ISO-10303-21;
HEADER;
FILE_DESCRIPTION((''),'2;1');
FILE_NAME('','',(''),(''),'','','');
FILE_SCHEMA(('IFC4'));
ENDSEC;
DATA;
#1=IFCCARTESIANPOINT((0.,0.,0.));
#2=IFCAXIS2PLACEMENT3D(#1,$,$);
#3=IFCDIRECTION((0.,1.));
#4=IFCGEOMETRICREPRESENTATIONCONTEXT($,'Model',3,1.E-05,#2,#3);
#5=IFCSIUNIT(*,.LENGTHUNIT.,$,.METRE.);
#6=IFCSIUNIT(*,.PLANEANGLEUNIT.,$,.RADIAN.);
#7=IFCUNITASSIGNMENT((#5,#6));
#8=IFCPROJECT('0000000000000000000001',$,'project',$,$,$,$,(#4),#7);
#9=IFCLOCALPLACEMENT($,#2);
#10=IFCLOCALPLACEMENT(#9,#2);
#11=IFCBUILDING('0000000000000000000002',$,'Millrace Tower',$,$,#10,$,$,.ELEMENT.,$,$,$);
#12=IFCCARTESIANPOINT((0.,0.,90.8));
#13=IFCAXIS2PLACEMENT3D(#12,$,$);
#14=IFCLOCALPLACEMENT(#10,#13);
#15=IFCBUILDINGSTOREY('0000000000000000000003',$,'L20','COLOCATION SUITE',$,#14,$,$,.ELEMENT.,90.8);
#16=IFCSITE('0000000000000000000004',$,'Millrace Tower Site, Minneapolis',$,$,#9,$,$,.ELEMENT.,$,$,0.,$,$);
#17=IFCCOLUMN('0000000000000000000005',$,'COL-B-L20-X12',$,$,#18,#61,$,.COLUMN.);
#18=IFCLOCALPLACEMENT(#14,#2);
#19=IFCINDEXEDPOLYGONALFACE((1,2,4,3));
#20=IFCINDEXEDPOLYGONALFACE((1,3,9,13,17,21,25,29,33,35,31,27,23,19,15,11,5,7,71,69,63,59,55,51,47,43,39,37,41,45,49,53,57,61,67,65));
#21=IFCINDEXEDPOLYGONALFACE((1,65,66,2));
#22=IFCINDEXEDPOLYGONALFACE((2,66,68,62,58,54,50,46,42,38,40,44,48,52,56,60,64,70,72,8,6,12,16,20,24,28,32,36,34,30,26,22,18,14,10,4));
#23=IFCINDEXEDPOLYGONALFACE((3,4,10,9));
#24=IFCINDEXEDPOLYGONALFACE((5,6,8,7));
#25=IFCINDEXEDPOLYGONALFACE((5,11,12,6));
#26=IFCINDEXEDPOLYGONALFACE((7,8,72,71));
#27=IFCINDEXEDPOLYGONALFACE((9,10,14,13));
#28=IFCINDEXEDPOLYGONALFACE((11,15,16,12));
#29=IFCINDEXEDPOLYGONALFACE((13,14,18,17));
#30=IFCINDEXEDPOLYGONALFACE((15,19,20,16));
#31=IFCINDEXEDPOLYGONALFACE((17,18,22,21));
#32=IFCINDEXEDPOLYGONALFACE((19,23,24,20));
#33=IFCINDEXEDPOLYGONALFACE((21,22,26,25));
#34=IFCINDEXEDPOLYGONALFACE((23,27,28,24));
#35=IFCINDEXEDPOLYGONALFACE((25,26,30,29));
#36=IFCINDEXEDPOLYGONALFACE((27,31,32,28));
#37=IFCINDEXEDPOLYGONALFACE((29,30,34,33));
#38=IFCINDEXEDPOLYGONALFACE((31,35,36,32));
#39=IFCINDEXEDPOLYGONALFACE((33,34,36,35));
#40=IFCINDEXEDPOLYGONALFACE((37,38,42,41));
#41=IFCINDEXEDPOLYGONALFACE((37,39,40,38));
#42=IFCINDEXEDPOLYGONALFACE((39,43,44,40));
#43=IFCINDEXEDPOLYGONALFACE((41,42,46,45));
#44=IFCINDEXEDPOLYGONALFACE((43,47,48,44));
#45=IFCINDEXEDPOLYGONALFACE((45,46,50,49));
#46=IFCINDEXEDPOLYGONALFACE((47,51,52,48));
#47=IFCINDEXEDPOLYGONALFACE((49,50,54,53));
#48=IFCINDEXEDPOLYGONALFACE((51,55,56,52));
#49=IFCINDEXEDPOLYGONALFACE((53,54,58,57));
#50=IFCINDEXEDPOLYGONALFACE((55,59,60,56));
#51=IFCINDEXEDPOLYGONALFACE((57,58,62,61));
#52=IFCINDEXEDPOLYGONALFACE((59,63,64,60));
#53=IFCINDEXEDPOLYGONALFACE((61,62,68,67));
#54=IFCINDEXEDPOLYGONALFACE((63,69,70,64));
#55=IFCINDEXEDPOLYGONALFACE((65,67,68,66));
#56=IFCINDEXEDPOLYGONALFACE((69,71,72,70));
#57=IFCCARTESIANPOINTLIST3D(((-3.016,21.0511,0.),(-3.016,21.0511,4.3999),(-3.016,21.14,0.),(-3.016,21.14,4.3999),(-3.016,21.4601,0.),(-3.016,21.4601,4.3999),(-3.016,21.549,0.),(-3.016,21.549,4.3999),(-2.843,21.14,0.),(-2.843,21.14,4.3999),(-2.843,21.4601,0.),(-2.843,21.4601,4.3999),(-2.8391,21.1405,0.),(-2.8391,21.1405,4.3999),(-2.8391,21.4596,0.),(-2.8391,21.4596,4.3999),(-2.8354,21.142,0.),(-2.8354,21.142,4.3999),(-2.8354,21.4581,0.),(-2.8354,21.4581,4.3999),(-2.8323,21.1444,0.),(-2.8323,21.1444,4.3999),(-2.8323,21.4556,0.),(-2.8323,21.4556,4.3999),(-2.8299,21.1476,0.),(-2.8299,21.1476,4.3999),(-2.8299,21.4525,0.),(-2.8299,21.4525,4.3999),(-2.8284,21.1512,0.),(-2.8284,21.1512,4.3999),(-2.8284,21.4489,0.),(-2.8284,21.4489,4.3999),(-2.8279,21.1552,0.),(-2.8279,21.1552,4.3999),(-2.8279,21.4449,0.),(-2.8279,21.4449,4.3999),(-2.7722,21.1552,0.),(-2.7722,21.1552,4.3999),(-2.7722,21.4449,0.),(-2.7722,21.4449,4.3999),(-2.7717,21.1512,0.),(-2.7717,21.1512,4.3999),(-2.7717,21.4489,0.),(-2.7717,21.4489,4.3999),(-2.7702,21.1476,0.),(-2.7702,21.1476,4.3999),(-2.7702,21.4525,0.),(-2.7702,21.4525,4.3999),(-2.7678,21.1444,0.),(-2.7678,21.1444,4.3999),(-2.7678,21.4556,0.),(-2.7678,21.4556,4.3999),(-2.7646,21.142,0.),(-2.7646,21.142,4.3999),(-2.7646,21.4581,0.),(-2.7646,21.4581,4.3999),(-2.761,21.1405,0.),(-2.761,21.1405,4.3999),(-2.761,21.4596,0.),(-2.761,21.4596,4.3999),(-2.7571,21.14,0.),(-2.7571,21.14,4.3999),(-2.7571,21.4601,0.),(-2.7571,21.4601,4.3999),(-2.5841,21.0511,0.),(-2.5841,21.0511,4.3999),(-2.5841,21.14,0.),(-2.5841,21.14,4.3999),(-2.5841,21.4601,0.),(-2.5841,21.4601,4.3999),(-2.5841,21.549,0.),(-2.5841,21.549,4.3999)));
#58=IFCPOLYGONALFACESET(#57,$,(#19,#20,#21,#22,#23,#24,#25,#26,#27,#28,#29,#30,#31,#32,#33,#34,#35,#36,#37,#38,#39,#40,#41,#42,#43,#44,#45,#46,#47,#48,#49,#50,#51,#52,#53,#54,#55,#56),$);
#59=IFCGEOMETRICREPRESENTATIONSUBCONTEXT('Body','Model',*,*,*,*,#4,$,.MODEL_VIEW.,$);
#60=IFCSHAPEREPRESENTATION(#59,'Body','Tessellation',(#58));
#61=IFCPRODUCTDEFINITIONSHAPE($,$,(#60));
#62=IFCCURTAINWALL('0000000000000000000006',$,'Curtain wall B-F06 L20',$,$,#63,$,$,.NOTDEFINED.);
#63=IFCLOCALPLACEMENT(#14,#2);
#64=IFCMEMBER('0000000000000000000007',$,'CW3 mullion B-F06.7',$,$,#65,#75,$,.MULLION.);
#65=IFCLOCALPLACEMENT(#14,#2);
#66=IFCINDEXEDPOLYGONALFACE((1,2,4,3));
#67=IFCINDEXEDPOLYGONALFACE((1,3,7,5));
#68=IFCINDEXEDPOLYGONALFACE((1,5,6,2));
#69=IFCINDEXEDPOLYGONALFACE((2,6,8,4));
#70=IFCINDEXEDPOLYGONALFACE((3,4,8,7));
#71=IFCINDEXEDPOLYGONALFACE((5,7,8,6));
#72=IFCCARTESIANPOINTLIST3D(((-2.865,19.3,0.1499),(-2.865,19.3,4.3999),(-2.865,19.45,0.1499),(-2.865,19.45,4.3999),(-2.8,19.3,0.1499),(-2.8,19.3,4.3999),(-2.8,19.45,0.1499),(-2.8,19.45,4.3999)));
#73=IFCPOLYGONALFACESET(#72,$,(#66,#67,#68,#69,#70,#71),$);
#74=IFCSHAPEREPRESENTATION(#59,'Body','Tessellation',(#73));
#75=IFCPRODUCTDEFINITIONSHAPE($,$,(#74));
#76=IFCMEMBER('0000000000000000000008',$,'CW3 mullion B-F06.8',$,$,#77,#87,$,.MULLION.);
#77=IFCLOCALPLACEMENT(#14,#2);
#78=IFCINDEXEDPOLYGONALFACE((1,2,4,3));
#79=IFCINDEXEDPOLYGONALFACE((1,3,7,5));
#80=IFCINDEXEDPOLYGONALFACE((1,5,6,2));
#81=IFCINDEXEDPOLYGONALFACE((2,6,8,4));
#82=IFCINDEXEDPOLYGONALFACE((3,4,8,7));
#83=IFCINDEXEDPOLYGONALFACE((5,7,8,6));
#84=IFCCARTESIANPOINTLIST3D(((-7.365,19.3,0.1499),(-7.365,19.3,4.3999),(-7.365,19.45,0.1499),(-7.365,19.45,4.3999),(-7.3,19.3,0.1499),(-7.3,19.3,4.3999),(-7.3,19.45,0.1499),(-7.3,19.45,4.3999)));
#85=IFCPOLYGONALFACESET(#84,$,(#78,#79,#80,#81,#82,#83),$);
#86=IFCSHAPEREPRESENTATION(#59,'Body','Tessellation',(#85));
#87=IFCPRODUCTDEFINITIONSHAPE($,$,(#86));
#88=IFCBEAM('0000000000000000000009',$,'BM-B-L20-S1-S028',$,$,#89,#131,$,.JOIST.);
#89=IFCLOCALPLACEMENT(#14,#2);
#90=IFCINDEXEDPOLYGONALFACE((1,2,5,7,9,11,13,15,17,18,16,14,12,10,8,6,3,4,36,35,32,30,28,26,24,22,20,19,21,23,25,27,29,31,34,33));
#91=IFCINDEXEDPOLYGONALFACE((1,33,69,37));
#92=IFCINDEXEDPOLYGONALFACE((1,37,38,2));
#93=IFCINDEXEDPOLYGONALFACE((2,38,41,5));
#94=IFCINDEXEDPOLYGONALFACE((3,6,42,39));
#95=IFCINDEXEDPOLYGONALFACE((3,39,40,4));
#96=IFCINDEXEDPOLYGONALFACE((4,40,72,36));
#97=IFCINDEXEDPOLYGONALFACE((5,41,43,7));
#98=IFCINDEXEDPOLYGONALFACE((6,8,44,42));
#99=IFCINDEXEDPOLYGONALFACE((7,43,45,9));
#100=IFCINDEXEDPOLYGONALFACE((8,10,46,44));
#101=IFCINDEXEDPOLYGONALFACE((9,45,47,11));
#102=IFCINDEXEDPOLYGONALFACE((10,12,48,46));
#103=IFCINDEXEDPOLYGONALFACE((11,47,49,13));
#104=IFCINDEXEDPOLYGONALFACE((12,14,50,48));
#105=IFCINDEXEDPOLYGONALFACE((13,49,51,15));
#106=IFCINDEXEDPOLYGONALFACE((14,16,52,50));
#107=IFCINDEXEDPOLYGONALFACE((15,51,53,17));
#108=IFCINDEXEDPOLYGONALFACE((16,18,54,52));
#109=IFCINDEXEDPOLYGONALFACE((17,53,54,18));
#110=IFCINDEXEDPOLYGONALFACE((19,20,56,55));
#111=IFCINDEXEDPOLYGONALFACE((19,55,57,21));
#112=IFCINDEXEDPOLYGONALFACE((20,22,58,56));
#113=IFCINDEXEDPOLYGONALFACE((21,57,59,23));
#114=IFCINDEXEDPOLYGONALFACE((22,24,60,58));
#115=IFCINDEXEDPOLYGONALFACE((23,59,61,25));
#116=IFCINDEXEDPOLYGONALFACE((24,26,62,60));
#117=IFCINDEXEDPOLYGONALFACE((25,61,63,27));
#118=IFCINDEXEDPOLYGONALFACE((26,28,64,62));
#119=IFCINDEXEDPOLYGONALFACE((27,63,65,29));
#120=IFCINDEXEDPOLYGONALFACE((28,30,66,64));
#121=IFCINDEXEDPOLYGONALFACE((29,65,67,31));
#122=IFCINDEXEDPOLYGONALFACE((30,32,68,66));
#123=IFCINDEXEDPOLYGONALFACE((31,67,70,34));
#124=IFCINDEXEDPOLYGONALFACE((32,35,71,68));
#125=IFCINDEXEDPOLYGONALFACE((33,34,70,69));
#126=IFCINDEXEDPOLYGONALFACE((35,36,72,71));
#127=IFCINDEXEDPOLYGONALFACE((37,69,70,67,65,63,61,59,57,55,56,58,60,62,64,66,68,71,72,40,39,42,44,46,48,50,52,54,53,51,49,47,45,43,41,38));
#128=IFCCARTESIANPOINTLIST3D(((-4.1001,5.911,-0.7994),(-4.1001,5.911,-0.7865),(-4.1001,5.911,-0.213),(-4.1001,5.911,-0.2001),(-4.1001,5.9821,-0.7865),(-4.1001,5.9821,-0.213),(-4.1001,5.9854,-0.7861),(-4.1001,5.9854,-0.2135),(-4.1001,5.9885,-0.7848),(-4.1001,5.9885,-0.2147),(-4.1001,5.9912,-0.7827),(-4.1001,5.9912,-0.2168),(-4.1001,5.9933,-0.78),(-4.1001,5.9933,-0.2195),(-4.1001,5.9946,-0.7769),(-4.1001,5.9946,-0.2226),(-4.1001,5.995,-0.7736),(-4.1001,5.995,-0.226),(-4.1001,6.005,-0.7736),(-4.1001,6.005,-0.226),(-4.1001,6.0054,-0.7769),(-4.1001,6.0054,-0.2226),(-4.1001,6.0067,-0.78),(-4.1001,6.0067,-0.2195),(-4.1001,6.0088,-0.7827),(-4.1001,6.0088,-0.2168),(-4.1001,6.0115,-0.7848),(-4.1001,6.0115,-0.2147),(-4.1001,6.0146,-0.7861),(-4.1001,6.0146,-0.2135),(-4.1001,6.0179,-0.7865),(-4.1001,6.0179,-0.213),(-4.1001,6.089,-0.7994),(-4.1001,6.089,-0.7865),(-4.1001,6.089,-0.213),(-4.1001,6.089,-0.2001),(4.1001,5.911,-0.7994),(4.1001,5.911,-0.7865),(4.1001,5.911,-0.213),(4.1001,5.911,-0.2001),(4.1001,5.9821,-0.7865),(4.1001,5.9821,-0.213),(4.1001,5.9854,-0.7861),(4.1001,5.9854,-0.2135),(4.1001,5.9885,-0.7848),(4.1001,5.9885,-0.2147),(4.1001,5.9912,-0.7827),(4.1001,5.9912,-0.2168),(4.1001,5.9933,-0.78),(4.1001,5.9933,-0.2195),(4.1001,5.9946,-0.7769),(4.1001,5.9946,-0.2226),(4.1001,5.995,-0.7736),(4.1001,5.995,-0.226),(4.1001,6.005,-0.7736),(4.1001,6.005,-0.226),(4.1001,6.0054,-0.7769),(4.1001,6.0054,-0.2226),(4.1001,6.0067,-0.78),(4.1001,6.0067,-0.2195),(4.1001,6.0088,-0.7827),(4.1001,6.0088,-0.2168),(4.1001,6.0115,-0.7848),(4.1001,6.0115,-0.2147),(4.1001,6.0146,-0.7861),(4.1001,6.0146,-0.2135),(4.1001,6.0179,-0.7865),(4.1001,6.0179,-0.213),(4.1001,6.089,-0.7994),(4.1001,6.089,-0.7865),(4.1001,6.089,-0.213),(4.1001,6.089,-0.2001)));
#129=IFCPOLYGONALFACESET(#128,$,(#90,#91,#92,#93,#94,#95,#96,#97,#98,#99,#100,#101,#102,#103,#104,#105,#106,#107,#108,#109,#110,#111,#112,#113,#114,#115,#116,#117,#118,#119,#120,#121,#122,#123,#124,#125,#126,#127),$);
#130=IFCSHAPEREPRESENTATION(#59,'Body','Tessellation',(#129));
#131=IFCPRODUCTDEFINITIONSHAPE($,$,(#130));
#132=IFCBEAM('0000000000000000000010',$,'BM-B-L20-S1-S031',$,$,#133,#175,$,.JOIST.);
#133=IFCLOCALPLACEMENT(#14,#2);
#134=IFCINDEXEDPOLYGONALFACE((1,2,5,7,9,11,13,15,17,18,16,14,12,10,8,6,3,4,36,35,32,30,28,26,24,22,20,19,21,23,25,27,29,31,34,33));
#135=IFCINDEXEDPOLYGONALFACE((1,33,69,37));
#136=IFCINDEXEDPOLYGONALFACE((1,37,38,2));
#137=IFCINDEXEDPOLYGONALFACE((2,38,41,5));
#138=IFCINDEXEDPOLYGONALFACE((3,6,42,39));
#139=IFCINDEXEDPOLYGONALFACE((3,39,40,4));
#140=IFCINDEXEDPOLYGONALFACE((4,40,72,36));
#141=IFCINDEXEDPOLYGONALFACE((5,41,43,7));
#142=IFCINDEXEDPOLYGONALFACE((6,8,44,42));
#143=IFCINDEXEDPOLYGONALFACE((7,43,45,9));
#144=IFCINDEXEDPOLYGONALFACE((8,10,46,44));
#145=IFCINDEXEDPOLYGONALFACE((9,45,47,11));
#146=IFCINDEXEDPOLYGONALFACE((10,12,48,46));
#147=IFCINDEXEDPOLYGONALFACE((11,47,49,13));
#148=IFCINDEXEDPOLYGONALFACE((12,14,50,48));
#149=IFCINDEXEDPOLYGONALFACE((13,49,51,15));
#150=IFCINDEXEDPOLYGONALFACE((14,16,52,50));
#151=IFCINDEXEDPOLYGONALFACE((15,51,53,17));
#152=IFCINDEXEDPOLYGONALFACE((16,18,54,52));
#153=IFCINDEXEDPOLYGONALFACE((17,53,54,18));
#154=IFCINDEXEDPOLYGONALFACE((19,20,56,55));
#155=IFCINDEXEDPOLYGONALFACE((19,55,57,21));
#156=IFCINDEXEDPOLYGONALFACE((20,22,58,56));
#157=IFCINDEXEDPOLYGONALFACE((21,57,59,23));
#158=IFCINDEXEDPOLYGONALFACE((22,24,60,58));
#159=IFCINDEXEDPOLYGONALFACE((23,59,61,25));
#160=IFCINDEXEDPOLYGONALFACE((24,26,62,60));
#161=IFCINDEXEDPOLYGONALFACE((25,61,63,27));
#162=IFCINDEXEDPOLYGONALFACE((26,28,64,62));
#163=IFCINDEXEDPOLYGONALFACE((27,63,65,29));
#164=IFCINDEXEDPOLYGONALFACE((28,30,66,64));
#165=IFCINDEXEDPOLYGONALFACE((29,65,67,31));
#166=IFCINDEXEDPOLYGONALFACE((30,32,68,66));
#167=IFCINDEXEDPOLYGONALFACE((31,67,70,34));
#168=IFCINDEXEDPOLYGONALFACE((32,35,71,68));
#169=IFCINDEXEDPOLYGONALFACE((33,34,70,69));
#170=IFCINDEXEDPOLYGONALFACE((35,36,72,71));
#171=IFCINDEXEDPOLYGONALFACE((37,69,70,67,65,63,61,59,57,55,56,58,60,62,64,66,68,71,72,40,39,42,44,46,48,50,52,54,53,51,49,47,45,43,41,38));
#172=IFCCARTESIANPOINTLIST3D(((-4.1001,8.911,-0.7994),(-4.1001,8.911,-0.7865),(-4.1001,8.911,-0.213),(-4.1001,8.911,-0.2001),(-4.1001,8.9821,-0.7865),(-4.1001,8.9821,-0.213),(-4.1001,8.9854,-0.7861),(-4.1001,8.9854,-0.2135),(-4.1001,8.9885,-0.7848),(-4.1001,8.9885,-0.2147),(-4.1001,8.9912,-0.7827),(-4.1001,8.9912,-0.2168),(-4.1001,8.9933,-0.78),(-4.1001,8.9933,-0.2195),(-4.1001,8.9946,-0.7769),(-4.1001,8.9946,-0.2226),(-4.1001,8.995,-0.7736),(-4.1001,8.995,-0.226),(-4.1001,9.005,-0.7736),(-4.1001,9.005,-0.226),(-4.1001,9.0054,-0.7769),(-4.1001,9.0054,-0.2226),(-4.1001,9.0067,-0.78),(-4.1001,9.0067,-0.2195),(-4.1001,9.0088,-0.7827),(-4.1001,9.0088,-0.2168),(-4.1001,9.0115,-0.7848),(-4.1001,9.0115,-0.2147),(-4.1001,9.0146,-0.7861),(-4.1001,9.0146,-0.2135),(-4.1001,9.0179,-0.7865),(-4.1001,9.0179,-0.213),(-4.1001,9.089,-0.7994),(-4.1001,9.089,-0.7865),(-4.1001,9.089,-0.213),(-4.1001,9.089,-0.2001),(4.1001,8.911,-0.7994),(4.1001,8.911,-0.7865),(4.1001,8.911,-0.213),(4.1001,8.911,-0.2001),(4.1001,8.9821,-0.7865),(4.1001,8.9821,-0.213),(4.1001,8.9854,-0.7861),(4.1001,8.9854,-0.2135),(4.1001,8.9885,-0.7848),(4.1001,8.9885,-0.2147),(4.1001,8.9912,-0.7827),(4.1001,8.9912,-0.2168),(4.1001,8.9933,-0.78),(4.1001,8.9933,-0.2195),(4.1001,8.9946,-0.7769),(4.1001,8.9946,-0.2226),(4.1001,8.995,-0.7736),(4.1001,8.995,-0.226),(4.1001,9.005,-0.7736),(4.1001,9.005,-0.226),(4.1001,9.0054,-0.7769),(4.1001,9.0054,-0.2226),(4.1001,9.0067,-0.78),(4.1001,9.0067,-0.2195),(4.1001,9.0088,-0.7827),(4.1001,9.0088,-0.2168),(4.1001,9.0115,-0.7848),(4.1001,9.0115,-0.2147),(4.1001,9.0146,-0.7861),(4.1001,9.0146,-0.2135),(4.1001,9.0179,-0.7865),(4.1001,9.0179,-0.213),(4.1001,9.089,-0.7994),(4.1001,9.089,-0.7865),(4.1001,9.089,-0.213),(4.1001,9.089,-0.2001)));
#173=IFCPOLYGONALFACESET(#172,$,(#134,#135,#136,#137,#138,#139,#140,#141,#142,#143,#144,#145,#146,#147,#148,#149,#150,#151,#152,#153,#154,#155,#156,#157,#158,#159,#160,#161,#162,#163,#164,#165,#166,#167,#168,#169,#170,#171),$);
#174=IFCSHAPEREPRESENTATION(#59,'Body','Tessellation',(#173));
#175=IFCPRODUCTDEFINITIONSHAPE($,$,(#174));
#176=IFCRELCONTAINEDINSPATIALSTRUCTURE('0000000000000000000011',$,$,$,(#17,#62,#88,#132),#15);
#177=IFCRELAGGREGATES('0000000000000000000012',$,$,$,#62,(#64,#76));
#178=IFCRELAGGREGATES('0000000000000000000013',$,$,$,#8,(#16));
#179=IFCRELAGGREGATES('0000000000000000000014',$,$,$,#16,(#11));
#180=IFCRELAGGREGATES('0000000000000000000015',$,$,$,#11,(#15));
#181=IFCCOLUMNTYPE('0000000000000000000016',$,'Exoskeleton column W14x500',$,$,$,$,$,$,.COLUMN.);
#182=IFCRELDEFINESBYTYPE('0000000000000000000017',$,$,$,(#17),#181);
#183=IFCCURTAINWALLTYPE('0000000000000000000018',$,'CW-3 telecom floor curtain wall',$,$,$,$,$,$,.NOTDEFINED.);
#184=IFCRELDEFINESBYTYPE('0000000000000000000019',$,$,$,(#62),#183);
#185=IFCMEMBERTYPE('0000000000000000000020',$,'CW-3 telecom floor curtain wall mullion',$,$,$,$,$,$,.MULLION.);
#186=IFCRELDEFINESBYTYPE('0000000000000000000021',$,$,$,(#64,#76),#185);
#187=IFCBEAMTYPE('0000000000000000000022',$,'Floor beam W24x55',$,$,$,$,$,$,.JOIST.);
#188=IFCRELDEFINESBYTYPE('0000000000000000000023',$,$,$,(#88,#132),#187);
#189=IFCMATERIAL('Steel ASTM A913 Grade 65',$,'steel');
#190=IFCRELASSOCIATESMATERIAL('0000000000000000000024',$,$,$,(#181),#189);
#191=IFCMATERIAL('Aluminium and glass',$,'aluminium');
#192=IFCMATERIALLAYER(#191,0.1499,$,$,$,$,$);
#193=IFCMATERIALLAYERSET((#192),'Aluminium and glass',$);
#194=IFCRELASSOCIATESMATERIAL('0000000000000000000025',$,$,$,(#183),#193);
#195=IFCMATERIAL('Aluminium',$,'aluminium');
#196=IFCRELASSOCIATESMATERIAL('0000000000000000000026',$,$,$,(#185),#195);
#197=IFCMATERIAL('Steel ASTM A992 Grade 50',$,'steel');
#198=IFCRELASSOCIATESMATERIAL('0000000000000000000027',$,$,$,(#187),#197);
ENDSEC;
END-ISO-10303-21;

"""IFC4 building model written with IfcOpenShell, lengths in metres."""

from ifc_helpers import new_model, si_unit, direction, frame, origin, origin_2d, place, context, subcontext, project, spatial, rectangle, i_section, extrude, material, layer, layer_set, material_profile, profile_set, type_object, element, aggregate, save


model = new_model("IFC4")

# Units and contexts
model_context = context("Model", 3, precision=1e-05, world=origin(), true_north=direction((0.0, 1.0)))
body_context = subcontext(model_context, "Body", "Model", "MODEL_VIEW")
ifc_project = project(units=[si_unit("LENGTHUNIT", "METRE"), si_unit("PLANEANGLEUNIT", "RADIAN")], contexts=[model_context])

# Site, building, storey
site_placement = place(None, origin())
site = spatial("IfcSite", under=ifc_project, at=site_placement, Name="Millrace Tower Site, Minneapolis", CompositionType="ELEMENT", RefElevation=0.0)
building_placement = place(site_placement, origin())
building = spatial("IfcBuilding", under=site, at=building_placement, Name="Millrace Tower", CompositionType="ELEMENT")
storey_placement = place(building_placement, frame((0.0, 0.0, 90.8)))
storey = spatial("IfcBuildingStorey", under=building, at=storey_placement, Name="L20", Description="COLOCATION SUITE", CompositionType="ELEMENT", Elevation=90.8)

# Column
ifc_material_1 = material(Name="Steel ASTM A913 Grade 65", Category="steel")
ifc_material_profile_1 = material_profile(ifc_material_1, i_section(OverallWidth=0.4319, OverallDepth=0.4978, WebThickness=0.0557, FlangeThickness=0.0889, FilletRadius=0.0151, at=origin_2d()))
ifc_profile_set_1 = profile_set([ifc_material_profile_1], Name="Steel ASTM A913 Grade 65")
column_type = type_object("IfcColumnType", Name="Exoskeleton column W14x500", PredefinedType="COLUMN", material=ifc_profile_set_1)
column_placement = place(storey_placement, frame((-2.8, 21.3, 0.0), z_axis=(0.0, 0.0, 1.0), x_axis=(-1.0, 0.0, 0.0)))
element("IfcColumn", 1, at=column_placement, inside=storey, type_object=column_type, Name="COL-B-L20-X12", PredefinedType="COLUMN", context=body_context, shape_type="SweptSolid", body=[
    extrude(i_section(OverallWidth=0.4319, OverallDepth=0.4978, WebThickness=0.0557, FlangeThickness=0.0889, FilletRadius=0.0151, at=origin_2d()), origin(), (0.0, 0.0, 1.0), 4.3999),
])

# Curtain wall, members
ifc_material_2 = material(Name="Aluminium and glass", Category="aluminium")
ifc_layer_1 = layer(ifc_material_2, 0.1499)
ifc_layer_set_1 = layer_set([ifc_layer_1], Name="Aluminium and glass")
curtain_wall_type = type_object("IfcCurtainWallType", Name="CW-3 telecom floor curtain wall", PredefinedType="NOTDEFINED", material=ifc_layer_set_1)
placement = place(storey_placement, origin())
curtain_wall = element("IfcCurtainWall", 2, at=placement, inside=storey, type_object=curtain_wall_type, Name="Curtain wall B-F06 L20", PredefinedType="NOTDEFINED")
ifc_material_3 = material(Name="Aluminium", Category="aluminium")
ifc_material_profile_2 = material_profile(ifc_material_3, rectangle(XDim=0.0649, YDim=0.1499, at=origin_2d()))
ifc_profile_set_2 = profile_set([ifc_material_profile_2], Name="Aluminium")
member_type = type_object("IfcMemberType", Name="CW-3 telecom floor curtain wall mullion", PredefinedType="MULLION", material=ifc_profile_set_2)
member_1_placement = place(storey_placement, frame((-2.8325, 19.375, 0.1499), z_axis=(0.0, 0.0, 1.0), x_axis=(-1.0, 0.0, 0.0)))
member_1 = element("IfcMember", 3, at=member_1_placement, type_object=member_type, Name="CW3 mullion B-F06.7", PredefinedType="MULLION", context=body_context, shape_type="SweptSolid", body=[
    extrude(rectangle(XDim=0.0649, YDim=0.1499, at=origin_2d()), origin(), (0.0, 0.0, 1.0), 4.25),
])
member_2_placement = place(storey_placement, frame((-7.3325, 19.375, 0.1499), z_axis=(0.0, 0.0, 1.0), x_axis=(-1.0, 0.0, 0.0)))
member_2 = element("IfcMember", 4, at=member_2_placement, type_object=member_type, Name="CW3 mullion B-F06.8", PredefinedType="MULLION", context=body_context, shape_type="SweptSolid", body=[
    extrude(rectangle(XDim=0.0649, YDim=0.1499, at=origin_2d()), origin(), (0.0, 0.0, 1.0), 4.25),
])
aggregate(curtain_wall, [member_1, member_2])

# Beams
ifc_material_4 = material(Name="Steel ASTM A992 Grade 50", Category="steel")
ifc_material_profile_3 = material_profile(ifc_material_4, i_section(OverallWidth=0.178, OverallDepth=0.5994, WebThickness=0.01, FlangeThickness=0.0129, FilletRadius=0.0129, at=origin_2d()))
ifc_profile_set_3 = profile_set([ifc_material_profile_3], Name="Steel ASTM A992 Grade 50")
beam_type_1 = type_object("IfcBeamType", Name="Floor beam W24x55", PredefinedType="JOIST", material=ifc_profile_set_3)
for number, where, z_axis, x_axis, name in (
    (5, (-4.1001, 6.0, -0.4998), (1.0, 0.0, 0.0), (0.0, 1.0, 0.0), "BM-B-L20-S1-S028"),
    (6, (-4.1001, 9.0, -0.4998), (1.0, 0.0, 0.0), (0.0, 1.0, 0.0), "BM-B-L20-S1-S031"),
):
    element("IfcBeam", number, at=place(storey_placement, frame(where, z_axis=z_axis, x_axis=x_axis)), inside=storey, type_object=beam_type_1, Name=name, PredefinedType="JOIST", context=body_context, shape_type="SweptSolid", body=[
        extrude(i_section(OverallWidth=0.178, OverallDepth=0.5994, WebThickness=0.01, FlangeThickness=0.0129, FilletRadius=0.0129, at=origin_2d()), origin(), (0.0, 0.0, 1.0), 8.2002),
    ])

save(model, "model.ifc")
